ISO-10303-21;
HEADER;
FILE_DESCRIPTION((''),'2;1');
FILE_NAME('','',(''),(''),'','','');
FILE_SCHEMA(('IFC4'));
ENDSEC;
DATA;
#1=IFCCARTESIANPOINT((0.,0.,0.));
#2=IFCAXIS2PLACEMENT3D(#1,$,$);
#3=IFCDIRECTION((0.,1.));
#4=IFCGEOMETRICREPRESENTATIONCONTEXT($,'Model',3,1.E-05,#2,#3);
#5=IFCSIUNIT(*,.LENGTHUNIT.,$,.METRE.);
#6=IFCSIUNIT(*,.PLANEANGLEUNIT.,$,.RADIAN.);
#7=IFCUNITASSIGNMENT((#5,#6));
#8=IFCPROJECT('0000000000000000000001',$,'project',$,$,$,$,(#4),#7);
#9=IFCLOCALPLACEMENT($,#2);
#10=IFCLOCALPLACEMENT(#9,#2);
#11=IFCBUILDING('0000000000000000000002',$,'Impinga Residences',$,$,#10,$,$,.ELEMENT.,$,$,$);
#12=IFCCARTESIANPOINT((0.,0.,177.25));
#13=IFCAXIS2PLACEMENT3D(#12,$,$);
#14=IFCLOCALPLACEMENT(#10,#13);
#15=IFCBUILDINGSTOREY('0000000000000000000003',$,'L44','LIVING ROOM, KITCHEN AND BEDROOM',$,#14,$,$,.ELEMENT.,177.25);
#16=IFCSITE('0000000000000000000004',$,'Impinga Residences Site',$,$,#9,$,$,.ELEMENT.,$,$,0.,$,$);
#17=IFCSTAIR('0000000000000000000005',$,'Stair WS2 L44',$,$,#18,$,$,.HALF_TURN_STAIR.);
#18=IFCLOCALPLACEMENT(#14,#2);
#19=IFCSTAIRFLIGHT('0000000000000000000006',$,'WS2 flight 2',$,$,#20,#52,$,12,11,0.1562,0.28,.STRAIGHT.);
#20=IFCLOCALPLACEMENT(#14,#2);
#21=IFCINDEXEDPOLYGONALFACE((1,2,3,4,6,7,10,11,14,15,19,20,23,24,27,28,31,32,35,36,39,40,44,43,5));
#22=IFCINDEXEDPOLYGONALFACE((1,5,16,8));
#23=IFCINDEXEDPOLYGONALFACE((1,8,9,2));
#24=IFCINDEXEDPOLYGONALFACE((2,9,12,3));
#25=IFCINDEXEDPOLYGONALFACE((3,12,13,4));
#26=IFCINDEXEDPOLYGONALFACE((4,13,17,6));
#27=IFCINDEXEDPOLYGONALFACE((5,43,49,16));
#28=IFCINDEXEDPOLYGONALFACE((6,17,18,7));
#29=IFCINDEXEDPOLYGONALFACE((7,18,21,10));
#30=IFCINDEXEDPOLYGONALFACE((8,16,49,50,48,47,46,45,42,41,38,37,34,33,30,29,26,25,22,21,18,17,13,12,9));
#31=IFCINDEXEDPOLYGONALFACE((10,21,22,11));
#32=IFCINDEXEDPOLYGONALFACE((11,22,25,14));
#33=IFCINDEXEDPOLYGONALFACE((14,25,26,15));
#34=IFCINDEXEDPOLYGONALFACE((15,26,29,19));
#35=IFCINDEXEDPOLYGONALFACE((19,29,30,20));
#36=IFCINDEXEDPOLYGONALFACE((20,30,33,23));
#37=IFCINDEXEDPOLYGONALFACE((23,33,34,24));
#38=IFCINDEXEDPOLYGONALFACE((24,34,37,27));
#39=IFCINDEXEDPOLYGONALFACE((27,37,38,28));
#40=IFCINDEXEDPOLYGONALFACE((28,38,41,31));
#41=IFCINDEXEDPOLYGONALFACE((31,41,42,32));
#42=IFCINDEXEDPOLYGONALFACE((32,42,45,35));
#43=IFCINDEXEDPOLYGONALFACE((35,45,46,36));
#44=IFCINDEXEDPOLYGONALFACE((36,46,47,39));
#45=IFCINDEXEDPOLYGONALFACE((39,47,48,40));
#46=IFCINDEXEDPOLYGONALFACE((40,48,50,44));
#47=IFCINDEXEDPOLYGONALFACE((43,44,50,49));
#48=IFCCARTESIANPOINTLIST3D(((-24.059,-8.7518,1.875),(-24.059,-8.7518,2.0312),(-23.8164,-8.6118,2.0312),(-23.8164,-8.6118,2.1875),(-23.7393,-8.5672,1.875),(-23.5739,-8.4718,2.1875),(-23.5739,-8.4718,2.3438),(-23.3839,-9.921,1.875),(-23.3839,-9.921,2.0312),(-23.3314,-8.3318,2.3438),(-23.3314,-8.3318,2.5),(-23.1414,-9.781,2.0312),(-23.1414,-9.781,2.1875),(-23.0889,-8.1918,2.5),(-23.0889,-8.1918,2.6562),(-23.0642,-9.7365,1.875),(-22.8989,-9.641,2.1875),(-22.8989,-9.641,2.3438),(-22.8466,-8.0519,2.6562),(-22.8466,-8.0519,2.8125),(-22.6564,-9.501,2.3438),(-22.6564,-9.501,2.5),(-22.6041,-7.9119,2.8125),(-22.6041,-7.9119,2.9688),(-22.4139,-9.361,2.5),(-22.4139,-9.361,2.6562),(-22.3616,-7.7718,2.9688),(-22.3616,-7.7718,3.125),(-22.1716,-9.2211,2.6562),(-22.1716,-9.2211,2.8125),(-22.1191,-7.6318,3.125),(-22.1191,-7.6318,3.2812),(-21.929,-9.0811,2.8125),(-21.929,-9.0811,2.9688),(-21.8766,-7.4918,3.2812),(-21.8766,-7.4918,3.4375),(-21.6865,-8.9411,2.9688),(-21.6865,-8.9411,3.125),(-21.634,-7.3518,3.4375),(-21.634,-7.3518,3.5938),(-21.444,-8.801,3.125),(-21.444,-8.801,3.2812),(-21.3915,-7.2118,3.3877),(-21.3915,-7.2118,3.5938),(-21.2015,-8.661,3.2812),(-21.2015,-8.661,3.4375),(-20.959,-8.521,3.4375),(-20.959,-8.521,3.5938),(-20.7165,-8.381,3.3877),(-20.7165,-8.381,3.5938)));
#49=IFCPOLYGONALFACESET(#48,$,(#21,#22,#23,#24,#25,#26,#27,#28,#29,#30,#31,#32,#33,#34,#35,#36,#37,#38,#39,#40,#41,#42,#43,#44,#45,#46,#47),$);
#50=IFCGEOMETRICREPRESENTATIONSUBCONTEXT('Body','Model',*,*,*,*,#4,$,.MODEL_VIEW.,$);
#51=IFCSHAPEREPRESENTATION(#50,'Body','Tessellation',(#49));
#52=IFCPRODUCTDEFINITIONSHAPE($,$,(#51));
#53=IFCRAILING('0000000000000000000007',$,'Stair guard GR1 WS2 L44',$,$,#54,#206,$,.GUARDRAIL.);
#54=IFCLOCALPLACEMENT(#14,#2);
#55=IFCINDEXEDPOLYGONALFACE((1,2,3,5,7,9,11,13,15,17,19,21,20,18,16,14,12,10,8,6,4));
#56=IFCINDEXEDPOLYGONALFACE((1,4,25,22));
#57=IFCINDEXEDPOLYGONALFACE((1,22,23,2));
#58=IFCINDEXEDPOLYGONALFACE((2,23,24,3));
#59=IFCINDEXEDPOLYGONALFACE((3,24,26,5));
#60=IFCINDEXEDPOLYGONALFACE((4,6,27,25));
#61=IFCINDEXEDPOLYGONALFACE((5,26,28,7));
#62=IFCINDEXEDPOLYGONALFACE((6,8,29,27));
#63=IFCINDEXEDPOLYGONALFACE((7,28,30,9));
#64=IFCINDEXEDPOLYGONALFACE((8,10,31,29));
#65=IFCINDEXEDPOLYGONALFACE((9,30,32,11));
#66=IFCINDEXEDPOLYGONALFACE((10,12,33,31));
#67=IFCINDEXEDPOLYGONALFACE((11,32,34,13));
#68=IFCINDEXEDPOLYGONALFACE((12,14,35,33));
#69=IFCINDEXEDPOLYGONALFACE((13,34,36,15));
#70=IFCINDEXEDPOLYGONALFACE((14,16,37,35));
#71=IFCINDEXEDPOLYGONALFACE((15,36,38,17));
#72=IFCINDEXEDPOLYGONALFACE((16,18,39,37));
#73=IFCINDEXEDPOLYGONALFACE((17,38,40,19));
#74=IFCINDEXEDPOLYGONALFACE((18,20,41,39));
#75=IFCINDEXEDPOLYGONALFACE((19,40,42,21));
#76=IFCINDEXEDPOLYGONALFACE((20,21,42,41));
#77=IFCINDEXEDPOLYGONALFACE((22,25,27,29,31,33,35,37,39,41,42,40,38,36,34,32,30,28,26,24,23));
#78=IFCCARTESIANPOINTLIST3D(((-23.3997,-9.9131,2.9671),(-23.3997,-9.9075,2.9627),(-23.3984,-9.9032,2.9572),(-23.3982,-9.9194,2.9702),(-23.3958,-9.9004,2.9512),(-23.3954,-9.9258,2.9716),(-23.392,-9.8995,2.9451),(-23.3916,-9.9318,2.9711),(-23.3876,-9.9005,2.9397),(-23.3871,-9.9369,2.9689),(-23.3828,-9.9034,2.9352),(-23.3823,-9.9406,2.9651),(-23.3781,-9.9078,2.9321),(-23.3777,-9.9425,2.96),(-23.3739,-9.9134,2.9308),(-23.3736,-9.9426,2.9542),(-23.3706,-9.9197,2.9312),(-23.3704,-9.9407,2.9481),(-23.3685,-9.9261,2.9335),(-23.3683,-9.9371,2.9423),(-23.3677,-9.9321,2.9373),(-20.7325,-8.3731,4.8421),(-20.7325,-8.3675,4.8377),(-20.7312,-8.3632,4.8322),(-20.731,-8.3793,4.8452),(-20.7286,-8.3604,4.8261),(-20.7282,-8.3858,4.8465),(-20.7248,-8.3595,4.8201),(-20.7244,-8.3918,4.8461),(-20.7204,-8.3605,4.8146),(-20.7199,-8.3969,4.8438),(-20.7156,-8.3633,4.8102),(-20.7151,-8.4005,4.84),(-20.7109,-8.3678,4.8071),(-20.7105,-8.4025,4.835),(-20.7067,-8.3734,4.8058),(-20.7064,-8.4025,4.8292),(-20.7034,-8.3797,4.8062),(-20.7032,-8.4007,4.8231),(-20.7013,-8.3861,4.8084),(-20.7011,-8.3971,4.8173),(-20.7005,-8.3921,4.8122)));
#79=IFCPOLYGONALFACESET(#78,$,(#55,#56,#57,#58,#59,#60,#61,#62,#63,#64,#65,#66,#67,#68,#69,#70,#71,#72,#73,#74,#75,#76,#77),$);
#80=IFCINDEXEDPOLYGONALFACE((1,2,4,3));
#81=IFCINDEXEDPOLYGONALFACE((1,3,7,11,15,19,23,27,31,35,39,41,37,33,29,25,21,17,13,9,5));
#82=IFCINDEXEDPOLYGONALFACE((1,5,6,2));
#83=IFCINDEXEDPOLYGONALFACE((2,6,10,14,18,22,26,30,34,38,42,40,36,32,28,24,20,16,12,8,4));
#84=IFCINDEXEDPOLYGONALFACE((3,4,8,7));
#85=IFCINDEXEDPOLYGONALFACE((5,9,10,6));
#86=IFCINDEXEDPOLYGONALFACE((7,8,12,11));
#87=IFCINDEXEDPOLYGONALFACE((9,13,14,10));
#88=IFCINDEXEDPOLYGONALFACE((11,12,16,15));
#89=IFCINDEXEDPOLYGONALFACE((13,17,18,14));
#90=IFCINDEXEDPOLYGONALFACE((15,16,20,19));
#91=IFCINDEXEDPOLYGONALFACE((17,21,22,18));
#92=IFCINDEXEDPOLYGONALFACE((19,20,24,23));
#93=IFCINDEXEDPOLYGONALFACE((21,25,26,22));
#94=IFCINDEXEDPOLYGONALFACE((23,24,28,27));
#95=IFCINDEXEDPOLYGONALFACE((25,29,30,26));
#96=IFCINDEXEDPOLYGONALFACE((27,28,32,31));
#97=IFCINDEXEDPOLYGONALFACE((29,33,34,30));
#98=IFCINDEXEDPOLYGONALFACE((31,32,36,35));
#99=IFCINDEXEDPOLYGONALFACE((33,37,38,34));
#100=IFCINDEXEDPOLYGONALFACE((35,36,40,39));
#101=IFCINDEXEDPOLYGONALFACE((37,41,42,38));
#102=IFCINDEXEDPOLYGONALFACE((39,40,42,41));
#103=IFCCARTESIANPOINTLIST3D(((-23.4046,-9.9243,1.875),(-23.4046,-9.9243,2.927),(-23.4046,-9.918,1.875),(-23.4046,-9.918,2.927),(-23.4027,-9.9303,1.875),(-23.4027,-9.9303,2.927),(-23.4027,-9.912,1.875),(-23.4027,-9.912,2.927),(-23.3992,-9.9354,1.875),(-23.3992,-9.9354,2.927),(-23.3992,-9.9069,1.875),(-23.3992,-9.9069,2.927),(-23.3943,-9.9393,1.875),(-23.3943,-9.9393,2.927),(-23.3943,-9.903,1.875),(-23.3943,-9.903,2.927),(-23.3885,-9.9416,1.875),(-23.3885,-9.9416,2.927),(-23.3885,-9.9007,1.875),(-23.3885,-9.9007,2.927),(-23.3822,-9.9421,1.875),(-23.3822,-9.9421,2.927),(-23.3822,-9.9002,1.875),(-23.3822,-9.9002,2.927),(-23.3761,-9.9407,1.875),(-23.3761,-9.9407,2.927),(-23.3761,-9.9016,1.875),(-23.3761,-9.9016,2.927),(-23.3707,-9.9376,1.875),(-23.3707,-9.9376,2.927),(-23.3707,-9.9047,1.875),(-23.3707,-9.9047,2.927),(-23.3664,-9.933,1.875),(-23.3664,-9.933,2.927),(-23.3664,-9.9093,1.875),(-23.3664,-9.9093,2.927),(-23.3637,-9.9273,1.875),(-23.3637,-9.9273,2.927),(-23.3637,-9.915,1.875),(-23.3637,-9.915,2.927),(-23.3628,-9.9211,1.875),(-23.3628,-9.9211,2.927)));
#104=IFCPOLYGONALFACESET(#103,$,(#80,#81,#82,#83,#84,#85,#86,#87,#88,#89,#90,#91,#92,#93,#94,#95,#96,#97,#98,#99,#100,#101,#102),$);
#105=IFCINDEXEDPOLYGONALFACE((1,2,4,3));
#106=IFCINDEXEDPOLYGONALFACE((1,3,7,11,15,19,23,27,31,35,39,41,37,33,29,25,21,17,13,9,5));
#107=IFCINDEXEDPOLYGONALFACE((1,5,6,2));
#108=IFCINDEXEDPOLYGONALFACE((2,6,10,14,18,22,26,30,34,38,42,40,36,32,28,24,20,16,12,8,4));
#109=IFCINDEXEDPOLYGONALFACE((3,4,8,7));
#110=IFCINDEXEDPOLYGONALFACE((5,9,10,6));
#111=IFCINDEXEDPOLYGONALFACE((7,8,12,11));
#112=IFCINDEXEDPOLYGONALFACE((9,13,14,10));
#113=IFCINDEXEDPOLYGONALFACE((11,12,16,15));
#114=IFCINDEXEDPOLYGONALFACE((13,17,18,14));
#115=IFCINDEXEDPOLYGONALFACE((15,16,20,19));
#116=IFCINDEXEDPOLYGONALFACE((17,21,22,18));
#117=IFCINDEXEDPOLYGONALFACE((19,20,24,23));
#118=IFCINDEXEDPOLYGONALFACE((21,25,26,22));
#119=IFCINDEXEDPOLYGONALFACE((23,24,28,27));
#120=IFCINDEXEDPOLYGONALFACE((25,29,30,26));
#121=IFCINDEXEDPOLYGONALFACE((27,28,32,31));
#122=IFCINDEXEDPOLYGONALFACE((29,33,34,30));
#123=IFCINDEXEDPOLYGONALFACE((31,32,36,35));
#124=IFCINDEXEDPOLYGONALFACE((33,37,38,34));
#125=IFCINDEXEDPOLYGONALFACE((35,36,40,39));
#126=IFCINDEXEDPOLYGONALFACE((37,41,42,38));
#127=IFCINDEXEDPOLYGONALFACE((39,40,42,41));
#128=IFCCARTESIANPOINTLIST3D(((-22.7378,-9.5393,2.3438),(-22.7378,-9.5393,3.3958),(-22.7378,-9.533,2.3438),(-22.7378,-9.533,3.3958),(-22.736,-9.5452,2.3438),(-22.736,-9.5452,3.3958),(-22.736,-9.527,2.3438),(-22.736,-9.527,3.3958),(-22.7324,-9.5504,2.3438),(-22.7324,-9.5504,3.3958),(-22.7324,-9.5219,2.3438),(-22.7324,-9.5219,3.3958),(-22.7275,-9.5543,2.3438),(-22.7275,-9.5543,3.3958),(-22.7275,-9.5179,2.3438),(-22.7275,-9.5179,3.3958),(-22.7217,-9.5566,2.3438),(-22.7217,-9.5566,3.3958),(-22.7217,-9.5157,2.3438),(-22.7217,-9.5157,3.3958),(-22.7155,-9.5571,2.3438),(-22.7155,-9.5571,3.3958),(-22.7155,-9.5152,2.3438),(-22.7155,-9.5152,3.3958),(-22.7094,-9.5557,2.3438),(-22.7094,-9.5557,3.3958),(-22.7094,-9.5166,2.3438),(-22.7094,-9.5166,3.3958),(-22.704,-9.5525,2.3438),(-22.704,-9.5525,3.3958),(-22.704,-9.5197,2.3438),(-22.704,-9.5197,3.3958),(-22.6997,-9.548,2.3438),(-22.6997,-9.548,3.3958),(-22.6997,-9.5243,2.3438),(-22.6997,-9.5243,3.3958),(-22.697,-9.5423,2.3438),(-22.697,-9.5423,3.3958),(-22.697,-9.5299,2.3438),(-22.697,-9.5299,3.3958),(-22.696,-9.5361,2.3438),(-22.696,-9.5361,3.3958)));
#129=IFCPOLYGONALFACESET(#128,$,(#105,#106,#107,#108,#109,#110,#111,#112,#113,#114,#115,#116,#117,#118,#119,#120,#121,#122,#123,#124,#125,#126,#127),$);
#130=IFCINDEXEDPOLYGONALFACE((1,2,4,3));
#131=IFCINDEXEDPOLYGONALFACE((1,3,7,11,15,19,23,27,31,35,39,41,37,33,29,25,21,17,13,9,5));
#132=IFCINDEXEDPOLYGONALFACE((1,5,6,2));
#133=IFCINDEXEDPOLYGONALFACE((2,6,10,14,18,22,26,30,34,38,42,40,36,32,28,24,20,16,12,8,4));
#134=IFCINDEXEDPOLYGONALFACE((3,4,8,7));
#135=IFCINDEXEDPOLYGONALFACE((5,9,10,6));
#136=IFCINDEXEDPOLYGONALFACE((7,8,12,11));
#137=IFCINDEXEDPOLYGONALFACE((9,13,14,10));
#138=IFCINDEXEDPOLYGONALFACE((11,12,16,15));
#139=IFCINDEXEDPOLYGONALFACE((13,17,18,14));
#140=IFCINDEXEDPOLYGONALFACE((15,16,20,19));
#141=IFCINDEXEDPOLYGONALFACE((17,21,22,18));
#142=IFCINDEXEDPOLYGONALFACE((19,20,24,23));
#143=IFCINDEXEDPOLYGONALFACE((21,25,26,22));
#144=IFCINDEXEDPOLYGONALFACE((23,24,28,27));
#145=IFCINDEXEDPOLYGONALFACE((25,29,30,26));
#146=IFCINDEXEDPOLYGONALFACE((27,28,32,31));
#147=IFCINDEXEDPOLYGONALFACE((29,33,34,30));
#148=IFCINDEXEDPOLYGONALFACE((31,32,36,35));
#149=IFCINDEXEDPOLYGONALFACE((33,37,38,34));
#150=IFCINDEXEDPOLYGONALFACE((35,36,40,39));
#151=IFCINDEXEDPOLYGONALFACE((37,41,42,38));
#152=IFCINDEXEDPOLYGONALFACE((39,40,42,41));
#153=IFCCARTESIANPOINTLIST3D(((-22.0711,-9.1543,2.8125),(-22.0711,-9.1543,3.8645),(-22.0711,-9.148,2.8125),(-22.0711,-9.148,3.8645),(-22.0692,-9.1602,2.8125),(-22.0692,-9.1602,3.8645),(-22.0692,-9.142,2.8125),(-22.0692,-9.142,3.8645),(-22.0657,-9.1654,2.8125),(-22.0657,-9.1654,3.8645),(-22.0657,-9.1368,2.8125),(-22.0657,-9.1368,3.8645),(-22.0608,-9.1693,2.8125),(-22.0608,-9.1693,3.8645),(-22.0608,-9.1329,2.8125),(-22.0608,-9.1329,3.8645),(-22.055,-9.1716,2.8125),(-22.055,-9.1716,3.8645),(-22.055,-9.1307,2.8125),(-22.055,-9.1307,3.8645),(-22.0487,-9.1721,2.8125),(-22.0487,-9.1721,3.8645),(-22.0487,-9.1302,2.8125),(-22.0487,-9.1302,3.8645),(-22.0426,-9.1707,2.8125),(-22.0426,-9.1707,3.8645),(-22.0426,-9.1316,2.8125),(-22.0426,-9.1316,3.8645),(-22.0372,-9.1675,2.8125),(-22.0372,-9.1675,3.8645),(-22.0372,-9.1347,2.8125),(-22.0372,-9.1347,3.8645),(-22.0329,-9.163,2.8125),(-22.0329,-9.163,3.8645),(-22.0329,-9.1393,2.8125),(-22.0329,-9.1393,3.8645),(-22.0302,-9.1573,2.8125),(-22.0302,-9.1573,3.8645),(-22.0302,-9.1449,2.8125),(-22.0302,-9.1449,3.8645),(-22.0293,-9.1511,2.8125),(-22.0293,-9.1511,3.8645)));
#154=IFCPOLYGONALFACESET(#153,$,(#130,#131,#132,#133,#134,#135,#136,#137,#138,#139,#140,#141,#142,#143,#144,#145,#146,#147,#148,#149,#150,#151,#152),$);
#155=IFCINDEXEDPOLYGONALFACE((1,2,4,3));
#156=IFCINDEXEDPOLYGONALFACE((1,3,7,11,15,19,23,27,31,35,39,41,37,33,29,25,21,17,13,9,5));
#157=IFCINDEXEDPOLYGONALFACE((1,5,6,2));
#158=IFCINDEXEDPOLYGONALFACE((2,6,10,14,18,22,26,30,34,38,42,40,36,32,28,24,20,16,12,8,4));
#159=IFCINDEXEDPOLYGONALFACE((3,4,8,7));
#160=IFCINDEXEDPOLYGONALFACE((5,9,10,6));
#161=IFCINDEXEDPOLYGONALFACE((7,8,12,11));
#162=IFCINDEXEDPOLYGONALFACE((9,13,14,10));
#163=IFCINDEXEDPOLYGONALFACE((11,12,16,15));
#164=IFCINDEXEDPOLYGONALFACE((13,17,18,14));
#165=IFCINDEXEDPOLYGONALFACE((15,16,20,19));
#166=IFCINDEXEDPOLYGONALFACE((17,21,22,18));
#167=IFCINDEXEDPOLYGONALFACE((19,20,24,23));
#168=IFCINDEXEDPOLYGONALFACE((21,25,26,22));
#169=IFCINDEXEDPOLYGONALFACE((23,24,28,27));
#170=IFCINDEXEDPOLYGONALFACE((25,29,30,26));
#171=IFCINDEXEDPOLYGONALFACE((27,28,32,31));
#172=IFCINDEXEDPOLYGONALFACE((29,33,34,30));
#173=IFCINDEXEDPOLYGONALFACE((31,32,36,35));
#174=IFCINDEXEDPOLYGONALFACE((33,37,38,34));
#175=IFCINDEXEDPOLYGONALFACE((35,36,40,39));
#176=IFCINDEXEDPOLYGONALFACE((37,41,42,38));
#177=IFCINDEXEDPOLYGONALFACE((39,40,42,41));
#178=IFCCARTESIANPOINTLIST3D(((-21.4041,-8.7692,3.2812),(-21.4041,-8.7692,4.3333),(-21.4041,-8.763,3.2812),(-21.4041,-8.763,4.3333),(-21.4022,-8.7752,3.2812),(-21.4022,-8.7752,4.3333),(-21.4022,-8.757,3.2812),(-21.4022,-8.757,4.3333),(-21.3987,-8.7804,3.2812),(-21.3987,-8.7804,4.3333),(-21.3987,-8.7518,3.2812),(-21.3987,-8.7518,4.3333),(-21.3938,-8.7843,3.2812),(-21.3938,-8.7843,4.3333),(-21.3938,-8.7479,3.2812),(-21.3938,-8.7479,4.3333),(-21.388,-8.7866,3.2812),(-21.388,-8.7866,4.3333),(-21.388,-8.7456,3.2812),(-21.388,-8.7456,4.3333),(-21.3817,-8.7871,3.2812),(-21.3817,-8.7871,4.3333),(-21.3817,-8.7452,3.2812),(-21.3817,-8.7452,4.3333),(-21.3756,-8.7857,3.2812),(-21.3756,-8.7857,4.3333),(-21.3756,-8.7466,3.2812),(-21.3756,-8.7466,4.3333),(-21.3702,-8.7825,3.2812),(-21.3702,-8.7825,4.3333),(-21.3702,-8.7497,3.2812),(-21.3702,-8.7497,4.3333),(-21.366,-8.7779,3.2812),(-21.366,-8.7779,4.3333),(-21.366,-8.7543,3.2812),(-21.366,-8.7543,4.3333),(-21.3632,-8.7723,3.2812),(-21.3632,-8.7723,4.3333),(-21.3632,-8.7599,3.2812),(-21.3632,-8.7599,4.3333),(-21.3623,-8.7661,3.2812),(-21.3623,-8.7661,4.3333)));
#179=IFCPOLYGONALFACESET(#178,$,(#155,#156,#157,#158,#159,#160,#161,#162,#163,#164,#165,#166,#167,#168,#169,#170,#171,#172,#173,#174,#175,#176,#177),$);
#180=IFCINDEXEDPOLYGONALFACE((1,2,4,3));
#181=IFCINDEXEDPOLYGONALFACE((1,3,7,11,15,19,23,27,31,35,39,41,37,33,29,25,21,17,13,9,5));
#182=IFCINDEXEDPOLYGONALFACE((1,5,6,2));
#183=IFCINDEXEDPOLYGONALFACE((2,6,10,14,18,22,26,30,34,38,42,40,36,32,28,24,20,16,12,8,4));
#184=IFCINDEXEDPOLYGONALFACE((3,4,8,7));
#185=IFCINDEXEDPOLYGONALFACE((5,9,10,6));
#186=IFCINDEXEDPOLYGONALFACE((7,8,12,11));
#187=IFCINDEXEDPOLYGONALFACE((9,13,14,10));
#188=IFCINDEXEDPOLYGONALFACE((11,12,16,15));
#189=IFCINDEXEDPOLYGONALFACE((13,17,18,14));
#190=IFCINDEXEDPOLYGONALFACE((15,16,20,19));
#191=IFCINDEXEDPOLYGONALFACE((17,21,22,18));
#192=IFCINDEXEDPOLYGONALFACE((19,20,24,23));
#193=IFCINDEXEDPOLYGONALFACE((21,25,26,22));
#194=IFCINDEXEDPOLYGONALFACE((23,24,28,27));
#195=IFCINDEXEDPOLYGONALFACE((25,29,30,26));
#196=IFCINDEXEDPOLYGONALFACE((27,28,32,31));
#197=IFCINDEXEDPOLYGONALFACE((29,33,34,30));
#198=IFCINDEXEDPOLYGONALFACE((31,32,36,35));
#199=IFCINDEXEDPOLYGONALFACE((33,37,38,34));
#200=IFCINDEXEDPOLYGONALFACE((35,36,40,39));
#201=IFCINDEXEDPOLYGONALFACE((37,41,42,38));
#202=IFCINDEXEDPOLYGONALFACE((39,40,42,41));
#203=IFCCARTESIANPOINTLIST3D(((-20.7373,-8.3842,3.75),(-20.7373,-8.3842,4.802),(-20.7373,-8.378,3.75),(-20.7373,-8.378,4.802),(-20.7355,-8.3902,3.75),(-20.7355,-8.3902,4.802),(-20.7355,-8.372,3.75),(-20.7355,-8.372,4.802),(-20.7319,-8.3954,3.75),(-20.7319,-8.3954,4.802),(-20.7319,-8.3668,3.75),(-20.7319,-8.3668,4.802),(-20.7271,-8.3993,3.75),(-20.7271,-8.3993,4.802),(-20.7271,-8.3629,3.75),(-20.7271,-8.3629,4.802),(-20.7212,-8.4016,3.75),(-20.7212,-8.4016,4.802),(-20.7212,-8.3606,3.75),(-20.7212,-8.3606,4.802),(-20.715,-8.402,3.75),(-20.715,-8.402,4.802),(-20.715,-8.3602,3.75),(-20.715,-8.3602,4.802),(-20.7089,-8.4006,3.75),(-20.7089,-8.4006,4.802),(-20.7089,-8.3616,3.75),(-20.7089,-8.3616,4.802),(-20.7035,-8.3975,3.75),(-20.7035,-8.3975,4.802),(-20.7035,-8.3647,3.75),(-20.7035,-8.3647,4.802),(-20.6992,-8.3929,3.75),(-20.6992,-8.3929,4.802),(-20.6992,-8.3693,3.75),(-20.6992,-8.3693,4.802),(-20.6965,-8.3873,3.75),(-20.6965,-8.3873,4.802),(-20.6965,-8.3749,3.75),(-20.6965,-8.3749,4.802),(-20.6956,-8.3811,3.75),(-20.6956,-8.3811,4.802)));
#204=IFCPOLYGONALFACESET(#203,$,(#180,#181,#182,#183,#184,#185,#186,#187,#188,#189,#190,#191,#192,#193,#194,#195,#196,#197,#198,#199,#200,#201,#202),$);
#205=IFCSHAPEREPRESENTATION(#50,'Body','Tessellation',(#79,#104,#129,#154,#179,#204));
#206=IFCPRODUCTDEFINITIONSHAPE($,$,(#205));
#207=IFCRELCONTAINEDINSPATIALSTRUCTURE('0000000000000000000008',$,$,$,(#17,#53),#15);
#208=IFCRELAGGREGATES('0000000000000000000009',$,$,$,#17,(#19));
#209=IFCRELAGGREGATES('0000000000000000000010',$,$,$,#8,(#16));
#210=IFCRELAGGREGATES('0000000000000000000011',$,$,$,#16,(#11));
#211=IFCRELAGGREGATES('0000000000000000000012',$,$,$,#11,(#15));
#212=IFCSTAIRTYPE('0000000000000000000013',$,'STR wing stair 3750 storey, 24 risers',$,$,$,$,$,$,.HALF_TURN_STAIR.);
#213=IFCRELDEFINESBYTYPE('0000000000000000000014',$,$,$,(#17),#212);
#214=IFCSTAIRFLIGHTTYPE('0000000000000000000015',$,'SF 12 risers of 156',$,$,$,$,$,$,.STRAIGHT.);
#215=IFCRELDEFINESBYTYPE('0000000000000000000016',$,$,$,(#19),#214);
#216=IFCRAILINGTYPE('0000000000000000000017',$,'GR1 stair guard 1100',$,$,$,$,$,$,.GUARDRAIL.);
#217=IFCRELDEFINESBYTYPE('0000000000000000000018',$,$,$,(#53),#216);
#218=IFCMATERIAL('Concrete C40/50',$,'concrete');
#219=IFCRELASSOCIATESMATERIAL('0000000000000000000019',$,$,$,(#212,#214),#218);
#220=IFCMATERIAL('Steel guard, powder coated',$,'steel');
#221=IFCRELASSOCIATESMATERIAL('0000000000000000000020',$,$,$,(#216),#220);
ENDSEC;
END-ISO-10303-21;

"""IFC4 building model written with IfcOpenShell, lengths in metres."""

from ifc_helpers import new_model, si_unit, direction, frame, origin, origin_2d, place, context, subcontext, project, spatial, polyline, circle, outline, extrude, material, type_object, element, aggregate, save


model = new_model("IFC4")

# Units and contexts
model_context = context("Model", 3, precision=1e-05, world=origin(), true_north=direction((0.0, 1.0)))
body_context = subcontext(model_context, "Body", "Model", "MODEL_VIEW")
ifc_project = project(units=[si_unit("LENGTHUNIT", "METRE"), si_unit("PLANEANGLEUNIT", "RADIAN")], contexts=[model_context])

# Site, building, storey
site_placement = place(None, origin())
site = spatial("IfcSite", under=ifc_project, at=site_placement, Name="Impinga Residences Site", CompositionType="ELEMENT", RefElevation=0.0)
building_placement = place(site_placement, origin())
building = spatial("IfcBuilding", under=site, at=building_placement, Name="Impinga Residences", CompositionType="ELEMENT")
storey_placement = place(building_placement, frame((0.0, 0.0, 177.25)))
storey = spatial("IfcBuildingStorey", under=building, at=storey_placement, Name="L44", Description="LIVING ROOM, KITCHEN AND BEDROOM", CompositionType="ELEMENT", Elevation=177.25)

# Stair, stair flight
ifc_material_1 = material(Name="Concrete C40/50", Category="concrete")
stair_type = type_object("IfcStairType", Name="STR wing stair 3750 storey, 24 risers", PredefinedType="HALF_TURN_STAIR", material=ifc_material_1)
stair_placement = place(storey_placement, origin())
stair = element("IfcStair", 1, at=stair_placement, inside=storey, type_object=stair_type, Name="Stair WS2 L44", PredefinedType="HALF_TURN_STAIR")
stair_flight_type = type_object("IfcStairFlightType", Name="SF 12 risers of 156", PredefinedType="STRAIGHT", material=ifc_material_1)
stair_flight_placement = place(storey_placement, frame((-23.7214, -9.3364, 1.875), z_axis=(0.0, 0.0, 1.0), x_axis=(0.866025, 0.5, 0.0)))
stair_flight = element("IfcStairFlight", 2, at=stair_flight_placement, type_object=stair_flight_type, Name="WS2 flight 2", NumberOfRisers=12, NumberOfTreads=11, PredefinedType="STRAIGHT", RiserHeight=0.1562, TreadLength=0.28, context=body_context, shape_type="SweptSolid", body=[
    extrude(outline(polyline([(0.0, 0.0), (0.0, 0.1562), (0.28, 0.1562), (0.28, 0.3125), (0.5601, 0.3125), (0.5601, 0.4688), (0.8401, 0.4688), (0.8401, 0.625), (1.1201, 0.625), (1.1201, 0.7812), (1.3999, 0.7812), (1.3999, 0.9375), (1.6799, 0.9375), (1.6799, 1.0938), (1.96, 1.0938), (1.96, 1.25), (2.24, 1.25), (2.24, 1.4062), (2.52, 1.4062), (2.52, 1.5625), (2.8, 1.5625), (2.8, 1.7188), (3.0801, 1.7188), (3.0801, 1.875), (3.0801, 1.5127), (0.3691, 0.0), (0.0, 0.0)])), frame((0.0, 0.675, 0.0), z_axis=(0.0, -1.0, 0.0), x_axis=(1.0, 0.0, 0.0)), (0.0, 0.0, 1.0), 1.3501),
])
aggregate(stair, [stair_flight])

# Railing
ifc_material_2 = material(Name="Steel guard, powder coated", Category="steel")
railing_type_1 = type_object("IfcRailingType", Name="GR1 stair guard 1100", PredefinedType="GUARDRAIL", material=ifc_material_2)
railing_1_placement = place(storey_placement, frame((-23.3838, -9.9211, 1.875)))
element("IfcRailing", 3, at=railing_1_placement, inside=storey, type_object=railing_type_1, Name="Stair guard GR1 WS2 L44", PredefinedType="GUARDRAIL", context=body_context, shape_type="SweptSolid", body=[
    extrude(circle(Radius=0.0239, at=origin_2d()), frame((0.0, 0.0, 1.0762), z_axis=(0.739716, 0.427105, 0.520002), x_axis=(-0.500027, 0.86601, 0.0)), (0.0, 0.0, 1.0), 3.6057),
    extrude(circle(Radius=0.021, at=origin_2d()), origin(), (0.0, 0.0, 1.0), 1.052),
    extrude(circle(Radius=0.021, at=origin_2d()), frame((0.6667, 0.385, 0.4688)), (0.0, 0.0, 1.0), 1.052),
    extrude(circle(Radius=0.021, at=origin_2d()), frame((1.3335, 0.77, 0.9375)), (0.0, 0.0, 1.0), 1.052),
    extrude(circle(Radius=0.021, at=origin_2d()), frame((2.0005, 1.155, 1.4062)), (0.0, 0.0, 1.0), 1.052),
    extrude(circle(Radius=0.021, at=origin_2d()), frame((2.6672, 1.54, 1.875)), (0.0, 0.0, 1.0), 1.052),
])

save(model, "model.ifc")
